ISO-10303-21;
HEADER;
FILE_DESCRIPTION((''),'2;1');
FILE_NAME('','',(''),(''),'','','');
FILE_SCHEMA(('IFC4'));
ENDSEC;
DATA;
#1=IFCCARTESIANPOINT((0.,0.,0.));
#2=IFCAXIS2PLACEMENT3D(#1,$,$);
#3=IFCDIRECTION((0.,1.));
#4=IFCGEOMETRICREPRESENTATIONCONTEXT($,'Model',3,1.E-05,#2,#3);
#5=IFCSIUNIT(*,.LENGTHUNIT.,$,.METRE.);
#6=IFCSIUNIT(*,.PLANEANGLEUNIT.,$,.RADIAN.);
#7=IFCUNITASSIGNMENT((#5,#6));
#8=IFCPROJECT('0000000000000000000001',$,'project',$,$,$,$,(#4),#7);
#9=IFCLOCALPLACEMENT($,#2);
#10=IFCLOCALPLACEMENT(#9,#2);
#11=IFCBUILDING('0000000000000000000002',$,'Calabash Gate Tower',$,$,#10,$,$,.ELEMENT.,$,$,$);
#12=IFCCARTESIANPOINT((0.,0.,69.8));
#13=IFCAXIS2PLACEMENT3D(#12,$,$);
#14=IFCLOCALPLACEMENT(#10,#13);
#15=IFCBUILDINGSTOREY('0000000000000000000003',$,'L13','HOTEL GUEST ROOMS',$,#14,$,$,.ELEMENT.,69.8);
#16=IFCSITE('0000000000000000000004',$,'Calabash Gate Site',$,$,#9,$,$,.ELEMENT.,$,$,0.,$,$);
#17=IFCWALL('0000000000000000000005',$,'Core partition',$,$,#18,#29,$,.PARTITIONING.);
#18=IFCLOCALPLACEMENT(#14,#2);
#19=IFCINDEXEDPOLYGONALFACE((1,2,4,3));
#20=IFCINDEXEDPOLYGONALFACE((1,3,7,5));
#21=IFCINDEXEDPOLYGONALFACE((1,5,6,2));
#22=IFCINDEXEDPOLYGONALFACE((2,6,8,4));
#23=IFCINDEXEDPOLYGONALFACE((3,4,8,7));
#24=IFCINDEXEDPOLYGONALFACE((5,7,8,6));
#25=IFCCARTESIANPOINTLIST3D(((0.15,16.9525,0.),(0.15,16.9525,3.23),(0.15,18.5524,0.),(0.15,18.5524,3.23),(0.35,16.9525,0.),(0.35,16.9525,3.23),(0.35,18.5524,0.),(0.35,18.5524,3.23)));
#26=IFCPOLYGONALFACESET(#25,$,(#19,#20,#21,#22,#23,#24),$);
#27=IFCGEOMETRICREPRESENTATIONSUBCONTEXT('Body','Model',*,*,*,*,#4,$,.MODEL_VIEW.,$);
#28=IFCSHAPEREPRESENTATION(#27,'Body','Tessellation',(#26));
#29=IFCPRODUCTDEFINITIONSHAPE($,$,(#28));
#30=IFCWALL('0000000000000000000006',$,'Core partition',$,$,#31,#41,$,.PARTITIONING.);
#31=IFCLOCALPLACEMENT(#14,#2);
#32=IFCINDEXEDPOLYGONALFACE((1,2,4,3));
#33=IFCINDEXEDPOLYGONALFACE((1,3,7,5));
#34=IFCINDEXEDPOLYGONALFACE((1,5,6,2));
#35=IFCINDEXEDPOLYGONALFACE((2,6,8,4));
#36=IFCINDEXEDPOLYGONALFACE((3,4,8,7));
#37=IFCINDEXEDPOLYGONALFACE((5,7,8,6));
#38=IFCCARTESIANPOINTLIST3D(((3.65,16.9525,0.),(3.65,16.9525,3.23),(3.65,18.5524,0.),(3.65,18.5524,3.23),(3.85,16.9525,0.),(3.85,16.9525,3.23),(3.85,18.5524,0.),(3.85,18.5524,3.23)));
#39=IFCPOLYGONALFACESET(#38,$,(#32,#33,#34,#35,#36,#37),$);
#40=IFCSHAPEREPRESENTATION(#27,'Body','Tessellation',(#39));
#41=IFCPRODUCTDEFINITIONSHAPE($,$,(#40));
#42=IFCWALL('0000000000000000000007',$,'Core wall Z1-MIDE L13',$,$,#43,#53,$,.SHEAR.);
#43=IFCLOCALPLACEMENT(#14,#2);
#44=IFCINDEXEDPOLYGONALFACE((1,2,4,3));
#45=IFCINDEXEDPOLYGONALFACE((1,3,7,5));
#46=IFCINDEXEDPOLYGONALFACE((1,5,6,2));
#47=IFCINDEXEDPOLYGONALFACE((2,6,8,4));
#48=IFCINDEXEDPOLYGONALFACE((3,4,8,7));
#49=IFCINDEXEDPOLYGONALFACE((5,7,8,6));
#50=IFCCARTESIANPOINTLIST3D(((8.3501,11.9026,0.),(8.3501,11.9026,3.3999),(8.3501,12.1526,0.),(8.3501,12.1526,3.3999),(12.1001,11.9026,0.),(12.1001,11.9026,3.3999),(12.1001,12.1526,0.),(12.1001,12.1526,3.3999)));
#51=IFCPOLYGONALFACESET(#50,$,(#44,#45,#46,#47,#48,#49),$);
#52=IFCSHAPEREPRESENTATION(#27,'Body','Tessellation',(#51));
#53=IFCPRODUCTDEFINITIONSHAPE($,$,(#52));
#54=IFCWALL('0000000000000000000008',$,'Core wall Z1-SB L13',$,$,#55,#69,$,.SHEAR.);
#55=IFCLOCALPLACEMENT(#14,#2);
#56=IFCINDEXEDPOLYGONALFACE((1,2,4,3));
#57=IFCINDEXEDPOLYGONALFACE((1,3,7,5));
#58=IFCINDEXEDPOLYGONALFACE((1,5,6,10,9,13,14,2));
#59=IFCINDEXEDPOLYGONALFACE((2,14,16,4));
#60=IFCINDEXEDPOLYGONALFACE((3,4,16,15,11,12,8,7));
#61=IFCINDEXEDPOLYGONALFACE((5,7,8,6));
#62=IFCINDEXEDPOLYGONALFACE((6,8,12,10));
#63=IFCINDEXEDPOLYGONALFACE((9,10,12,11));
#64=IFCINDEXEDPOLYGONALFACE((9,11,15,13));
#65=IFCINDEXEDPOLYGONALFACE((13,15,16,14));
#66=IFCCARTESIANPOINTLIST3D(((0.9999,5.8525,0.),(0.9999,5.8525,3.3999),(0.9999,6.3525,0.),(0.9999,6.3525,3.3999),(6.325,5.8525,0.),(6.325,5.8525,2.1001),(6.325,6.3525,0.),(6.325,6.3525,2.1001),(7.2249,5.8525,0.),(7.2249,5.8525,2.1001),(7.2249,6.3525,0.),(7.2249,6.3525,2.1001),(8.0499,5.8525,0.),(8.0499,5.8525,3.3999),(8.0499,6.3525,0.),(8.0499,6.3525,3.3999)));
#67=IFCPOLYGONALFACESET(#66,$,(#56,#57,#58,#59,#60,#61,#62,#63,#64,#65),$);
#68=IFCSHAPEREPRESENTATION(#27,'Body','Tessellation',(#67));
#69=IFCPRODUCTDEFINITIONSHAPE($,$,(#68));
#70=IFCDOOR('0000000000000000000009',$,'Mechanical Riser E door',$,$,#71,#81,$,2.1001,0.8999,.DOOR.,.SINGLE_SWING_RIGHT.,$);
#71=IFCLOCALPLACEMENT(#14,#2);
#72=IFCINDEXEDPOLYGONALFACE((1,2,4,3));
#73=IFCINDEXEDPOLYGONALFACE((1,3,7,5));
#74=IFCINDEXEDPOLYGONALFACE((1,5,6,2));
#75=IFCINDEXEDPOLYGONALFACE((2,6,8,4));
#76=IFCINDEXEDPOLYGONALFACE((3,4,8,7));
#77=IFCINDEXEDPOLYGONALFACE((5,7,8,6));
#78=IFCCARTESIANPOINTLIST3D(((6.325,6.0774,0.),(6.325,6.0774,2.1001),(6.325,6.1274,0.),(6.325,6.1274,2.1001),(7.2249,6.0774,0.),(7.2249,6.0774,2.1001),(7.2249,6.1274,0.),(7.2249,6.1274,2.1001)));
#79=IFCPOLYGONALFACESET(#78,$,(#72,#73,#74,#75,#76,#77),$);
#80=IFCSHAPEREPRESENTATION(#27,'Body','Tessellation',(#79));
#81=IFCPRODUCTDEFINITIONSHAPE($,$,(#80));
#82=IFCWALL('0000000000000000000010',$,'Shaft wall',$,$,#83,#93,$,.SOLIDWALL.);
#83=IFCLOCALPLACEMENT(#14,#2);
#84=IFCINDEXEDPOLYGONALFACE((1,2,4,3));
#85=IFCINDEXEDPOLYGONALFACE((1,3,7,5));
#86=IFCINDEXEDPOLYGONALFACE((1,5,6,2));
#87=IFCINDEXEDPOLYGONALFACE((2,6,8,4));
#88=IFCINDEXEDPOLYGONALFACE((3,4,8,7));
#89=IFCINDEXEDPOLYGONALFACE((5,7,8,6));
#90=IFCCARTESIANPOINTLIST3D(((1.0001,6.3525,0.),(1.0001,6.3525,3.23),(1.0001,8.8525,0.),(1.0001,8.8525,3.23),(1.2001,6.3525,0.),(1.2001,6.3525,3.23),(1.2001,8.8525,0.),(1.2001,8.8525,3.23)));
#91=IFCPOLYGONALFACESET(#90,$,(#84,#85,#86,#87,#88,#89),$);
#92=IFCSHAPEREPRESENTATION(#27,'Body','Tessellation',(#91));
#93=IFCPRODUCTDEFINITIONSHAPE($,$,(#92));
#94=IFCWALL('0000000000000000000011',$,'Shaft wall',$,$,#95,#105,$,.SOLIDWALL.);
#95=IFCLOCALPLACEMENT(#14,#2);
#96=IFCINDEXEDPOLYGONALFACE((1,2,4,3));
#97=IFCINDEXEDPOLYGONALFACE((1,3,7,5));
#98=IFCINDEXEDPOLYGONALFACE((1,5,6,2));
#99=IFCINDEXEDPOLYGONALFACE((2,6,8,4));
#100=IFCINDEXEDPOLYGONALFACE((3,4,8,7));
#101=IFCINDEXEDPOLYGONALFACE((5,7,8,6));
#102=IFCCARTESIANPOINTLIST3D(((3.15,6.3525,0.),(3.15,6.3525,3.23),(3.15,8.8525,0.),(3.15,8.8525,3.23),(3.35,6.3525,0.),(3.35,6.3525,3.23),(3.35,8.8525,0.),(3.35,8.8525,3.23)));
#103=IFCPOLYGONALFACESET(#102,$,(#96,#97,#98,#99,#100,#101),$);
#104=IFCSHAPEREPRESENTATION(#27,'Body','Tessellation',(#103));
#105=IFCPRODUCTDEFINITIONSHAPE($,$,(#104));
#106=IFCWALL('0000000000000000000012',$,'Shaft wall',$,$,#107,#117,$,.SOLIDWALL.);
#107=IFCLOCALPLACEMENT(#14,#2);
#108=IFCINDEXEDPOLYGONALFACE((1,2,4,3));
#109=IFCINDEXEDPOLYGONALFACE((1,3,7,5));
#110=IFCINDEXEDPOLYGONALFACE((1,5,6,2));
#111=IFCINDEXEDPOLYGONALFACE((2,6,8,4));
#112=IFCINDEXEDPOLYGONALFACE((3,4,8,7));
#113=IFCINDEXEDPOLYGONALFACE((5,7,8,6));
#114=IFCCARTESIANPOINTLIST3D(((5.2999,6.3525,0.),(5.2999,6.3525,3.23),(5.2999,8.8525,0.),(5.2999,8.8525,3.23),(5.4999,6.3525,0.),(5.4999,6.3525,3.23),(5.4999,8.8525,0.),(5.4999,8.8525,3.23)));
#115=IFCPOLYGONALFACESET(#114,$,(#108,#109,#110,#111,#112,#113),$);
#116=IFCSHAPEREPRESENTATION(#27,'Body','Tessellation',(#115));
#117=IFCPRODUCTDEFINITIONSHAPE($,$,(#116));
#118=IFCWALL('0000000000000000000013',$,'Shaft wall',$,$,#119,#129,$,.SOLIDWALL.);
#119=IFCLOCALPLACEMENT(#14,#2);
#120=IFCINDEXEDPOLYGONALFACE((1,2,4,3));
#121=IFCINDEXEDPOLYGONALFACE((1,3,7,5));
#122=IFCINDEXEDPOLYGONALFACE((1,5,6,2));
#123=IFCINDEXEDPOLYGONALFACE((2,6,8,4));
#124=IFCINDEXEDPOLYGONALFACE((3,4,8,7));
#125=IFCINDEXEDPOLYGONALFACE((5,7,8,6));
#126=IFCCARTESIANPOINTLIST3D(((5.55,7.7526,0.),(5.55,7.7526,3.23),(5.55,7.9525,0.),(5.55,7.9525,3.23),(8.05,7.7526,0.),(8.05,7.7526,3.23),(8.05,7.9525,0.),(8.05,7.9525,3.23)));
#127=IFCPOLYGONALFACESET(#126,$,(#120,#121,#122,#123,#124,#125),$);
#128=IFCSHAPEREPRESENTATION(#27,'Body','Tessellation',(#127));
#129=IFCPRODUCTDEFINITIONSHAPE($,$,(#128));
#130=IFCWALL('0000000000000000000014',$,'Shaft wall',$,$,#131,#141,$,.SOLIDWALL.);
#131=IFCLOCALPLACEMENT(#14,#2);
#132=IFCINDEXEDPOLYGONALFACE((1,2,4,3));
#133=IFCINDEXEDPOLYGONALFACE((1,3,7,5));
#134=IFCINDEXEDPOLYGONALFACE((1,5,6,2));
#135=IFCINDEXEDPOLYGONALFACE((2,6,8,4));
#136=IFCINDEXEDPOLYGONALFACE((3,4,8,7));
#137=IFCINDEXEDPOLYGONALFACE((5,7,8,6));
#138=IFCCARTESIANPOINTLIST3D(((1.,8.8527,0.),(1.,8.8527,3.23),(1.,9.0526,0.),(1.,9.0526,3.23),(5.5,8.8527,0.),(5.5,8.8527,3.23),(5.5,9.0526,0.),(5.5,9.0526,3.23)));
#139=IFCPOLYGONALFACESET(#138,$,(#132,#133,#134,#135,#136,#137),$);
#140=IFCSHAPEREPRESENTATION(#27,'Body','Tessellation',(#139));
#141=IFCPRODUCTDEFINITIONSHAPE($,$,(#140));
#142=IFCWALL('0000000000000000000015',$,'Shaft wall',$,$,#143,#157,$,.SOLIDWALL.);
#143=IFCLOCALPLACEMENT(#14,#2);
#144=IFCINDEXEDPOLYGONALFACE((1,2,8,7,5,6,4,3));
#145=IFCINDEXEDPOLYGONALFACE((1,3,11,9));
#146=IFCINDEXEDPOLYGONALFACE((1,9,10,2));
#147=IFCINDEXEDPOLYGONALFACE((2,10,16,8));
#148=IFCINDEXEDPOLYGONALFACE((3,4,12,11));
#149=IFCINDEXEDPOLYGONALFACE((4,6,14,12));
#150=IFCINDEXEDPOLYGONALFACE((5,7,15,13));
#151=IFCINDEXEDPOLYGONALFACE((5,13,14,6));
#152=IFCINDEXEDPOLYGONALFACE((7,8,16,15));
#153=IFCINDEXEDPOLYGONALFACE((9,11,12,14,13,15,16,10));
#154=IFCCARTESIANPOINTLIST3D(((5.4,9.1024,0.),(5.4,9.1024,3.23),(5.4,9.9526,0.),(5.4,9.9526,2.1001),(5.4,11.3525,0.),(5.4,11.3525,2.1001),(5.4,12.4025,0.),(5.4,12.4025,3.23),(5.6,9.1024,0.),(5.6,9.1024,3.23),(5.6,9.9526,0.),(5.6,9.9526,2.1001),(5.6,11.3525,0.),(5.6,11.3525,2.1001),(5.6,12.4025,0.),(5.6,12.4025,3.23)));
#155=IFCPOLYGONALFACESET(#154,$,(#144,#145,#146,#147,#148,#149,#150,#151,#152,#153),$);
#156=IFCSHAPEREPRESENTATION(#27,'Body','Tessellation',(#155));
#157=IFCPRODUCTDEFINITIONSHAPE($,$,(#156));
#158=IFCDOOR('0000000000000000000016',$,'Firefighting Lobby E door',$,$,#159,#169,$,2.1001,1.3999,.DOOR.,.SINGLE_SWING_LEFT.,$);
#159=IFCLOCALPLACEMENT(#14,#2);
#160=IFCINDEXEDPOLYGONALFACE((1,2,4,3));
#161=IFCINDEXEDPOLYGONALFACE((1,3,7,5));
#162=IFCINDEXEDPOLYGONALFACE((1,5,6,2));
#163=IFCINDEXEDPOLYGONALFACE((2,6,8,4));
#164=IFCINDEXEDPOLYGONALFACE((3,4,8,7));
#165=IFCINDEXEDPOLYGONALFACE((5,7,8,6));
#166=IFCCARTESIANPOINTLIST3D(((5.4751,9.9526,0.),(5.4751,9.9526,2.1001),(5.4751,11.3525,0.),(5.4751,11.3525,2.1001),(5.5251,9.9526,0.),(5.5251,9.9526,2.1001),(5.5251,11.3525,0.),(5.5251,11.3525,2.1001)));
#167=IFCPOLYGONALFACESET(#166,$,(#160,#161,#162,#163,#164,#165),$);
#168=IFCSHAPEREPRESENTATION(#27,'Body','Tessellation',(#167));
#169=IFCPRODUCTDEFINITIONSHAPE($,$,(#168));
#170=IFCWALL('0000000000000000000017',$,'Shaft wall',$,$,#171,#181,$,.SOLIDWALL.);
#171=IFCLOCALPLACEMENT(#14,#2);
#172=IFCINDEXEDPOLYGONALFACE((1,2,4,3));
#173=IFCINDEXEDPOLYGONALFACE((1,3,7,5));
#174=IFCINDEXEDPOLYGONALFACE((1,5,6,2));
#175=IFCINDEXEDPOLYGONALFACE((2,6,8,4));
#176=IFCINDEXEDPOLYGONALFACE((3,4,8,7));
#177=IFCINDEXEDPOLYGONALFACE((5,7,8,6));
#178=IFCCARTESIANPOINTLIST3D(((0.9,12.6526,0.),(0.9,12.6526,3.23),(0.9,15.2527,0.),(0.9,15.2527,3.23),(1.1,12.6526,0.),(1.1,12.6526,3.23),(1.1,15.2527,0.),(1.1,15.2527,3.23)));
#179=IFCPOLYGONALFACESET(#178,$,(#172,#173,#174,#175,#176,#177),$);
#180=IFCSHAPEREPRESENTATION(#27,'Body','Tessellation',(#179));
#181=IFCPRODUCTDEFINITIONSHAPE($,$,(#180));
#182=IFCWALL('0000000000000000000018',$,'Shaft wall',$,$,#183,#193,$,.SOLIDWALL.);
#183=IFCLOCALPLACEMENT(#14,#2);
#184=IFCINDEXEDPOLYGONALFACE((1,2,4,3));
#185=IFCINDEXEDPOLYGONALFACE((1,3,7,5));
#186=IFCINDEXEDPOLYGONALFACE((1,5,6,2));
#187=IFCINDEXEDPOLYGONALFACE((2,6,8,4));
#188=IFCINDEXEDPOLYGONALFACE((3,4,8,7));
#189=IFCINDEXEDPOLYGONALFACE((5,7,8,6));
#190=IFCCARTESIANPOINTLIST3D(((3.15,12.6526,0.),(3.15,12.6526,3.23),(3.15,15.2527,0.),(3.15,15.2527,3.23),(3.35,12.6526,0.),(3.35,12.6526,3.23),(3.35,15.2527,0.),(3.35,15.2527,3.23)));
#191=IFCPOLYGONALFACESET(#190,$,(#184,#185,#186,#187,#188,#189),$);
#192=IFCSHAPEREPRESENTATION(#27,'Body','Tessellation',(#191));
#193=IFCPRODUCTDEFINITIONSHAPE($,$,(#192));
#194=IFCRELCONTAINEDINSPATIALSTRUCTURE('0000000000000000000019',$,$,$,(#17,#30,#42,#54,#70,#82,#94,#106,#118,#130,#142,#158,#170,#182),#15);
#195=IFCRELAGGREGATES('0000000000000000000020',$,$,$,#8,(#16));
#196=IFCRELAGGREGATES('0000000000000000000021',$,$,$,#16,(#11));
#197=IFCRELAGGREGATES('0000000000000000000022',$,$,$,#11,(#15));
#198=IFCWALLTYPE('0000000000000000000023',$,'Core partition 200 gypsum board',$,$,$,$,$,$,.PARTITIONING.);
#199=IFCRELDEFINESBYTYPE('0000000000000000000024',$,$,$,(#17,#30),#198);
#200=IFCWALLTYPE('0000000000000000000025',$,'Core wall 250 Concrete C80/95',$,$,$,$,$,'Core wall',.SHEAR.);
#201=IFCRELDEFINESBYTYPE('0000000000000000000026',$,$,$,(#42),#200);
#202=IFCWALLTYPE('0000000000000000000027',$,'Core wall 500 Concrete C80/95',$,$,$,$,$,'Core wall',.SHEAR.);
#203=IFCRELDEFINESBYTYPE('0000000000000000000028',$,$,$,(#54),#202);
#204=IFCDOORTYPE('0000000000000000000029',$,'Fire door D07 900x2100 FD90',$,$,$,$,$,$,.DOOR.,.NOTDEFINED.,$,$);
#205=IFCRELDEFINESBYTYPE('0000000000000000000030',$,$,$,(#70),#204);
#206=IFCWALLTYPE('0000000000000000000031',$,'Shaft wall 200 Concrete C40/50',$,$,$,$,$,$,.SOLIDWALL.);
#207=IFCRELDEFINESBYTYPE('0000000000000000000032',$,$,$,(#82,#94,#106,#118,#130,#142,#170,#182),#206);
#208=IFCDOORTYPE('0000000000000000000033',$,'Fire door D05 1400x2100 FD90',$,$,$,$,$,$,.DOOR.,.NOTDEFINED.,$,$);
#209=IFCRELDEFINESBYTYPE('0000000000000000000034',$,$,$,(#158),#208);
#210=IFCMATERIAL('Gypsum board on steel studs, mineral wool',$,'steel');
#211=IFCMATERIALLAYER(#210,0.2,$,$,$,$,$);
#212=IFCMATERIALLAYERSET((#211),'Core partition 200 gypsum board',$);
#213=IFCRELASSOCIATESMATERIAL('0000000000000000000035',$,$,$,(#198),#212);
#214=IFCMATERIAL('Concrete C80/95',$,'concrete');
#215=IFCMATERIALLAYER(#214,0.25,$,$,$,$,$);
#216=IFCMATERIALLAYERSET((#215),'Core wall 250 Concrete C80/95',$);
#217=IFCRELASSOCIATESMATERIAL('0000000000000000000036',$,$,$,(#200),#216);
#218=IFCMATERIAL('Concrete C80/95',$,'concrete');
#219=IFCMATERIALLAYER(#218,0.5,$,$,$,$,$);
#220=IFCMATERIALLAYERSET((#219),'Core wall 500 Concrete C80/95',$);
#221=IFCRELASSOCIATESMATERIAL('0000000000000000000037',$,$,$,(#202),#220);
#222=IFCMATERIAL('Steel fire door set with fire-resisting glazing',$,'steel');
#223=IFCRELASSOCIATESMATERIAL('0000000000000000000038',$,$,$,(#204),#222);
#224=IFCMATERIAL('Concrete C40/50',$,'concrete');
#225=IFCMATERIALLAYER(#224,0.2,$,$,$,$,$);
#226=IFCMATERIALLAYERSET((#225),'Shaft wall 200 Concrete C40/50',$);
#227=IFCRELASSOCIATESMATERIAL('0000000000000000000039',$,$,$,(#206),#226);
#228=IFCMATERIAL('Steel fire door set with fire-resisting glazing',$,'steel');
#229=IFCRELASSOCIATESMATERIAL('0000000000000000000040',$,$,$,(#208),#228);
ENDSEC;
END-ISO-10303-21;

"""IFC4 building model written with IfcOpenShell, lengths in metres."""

from ifc_helpers import new_model, si_unit, direction, frame, frame_2d, origin, place, context, subcontext, project, spatial, rectangle, extrude, material, layer, layer_set, type_object, element, fill, save


model = new_model("IFC4")

# Units and contexts
model_context = context("Model", 3, precision=1e-05, world=origin(), true_north=direction((0.0, 1.0)))
body_context = subcontext(model_context, "Body", "Model", "MODEL_VIEW")
ifc_project = project(units=[si_unit("LENGTHUNIT", "METRE"), si_unit("PLANEANGLEUNIT", "RADIAN")], contexts=[model_context])

# Site, building, storey
site_placement = place(None, origin())
site = spatial("IfcSite", under=ifc_project, at=site_placement, Name="Calabash Gate Site", CompositionType="ELEMENT", RefElevation=0.0)
building_placement = place(site_placement, origin())
building = spatial("IfcBuilding", under=site, at=building_placement, Name="Calabash Gate Tower", CompositionType="ELEMENT")
storey_placement = place(building_placement, frame((0.0, 0.0, 69.8)))
storey = spatial("IfcBuildingStorey", under=building, at=storey_placement, Name="L13", Description="HOTEL GUEST ROOMS", CompositionType="ELEMENT", Elevation=69.8)

# Walls
ifc_material_1 = material(Name="Gypsum board on steel studs, mineral wool", Category="steel")
ifc_layer_1 = layer(ifc_material_1, 0.2)
ifc_layer_set_1 = layer_set([ifc_layer_1], Name="Core partition 200 gypsum board")
wall_type_1 = type_object("IfcWallType", Name="Core partition 200 gypsum board", PredefinedType="PARTITIONING", material=ifc_layer_set_1)
for number, where, z_axis, x_axis, name in (
    (1, (0.25, 16.9526, 0.0), (0.0, 0.0, 1.0), (0.0, 1.0, 0.0), "Core partition"),
    (2, (3.75, 16.9526, 0.0), (0.0, 0.0, 1.0), (0.0, 1.0, 0.0), "Core partition"),
):
    element("IfcWall", number, at=place(storey_placement, frame(where, z_axis=z_axis, x_axis=x_axis)), inside=storey, type_object=wall_type_1, Name=name, PredefinedType="PARTITIONING", context=body_context, shape_type="SweptSolid", body=[
        extrude(rectangle(XDim=1.5999, YDim=0.2, at=frame_2d((0.7998, 0.0))), origin(), (0.0, 0.0, 1.0), 3.23),
    ])
ifc_material_2 = material(Name="Concrete C80/95", Category="concrete")
ifc_layer_2 = layer(ifc_material_2, 0.25)
ifc_layer_set_2 = layer_set([ifc_layer_2], Name="Core wall 250 Concrete C80/95")
wall_type_2 = type_object("IfcWallType", Name="Core wall 250 Concrete C80/95", ElementType="Core wall", PredefinedType="SHEAR", material=ifc_layer_set_2)
wall_1_placement = place(storey_placement, frame((8.3501, 12.0276, 0.0), z_axis=(0.0, 0.0, 1.0), x_axis=(1.0, 0.0, 0.0)))
element("IfcWall", 3, at=wall_1_placement, inside=storey, type_object=wall_type_2, Name="Core wall Z1-MIDE L13", PredefinedType="SHEAR", context=body_context, shape_type="SweptSolid", body=[
    extrude(rectangle(XDim=3.75, YDim=0.25, at=frame_2d((1.875, 0.0))), origin(), (0.0, 0.0, 1.0), 3.3999),
])

# Wall, opening, door
ifc_material_3 = material(Name="Concrete C80/95", Category="concrete")
ifc_layer_3 = layer(ifc_material_3, 0.5)
ifc_layer_set_3 = layer_set([ifc_layer_3], Name="Core wall 500 Concrete C80/95")
wall_type_3 = type_object("IfcWallType", Name="Core wall 500 Concrete C80/95", ElementType="Core wall", PredefinedType="SHEAR", material=ifc_layer_set_3)
wall_2_placement = place(storey_placement, frame((1.0, 6.1025, 0.0), z_axis=(0.0, 0.0, 1.0), x_axis=(1.0, 0.0, 0.0)))
wall_2 = element("IfcWall", 4, at=wall_2_placement, inside=storey, type_object=wall_type_3, Name="Core wall Z1-SB L13", PredefinedType="SHEAR", context=body_context, shape_type="SweptSolid", body=[
    extrude(rectangle(XDim=7.05, YDim=0.5, at=frame_2d((3.5249, 0.0))), origin(), (0.0, 0.0, 1.0), 3.3999),
])
opening_1_placement = place(wall_2_placement, frame((5.325, 0.0, 0.0)))
opening_1 = element("IfcOpeningElement", 5, at=opening_1_placement, cuts=wall_2, PredefinedType="OPENING", context=body_context, shape_type="SweptSolid", body=[
    extrude(rectangle(XDim=0.8999, YDim=2.1001, at=frame_2d((0.45, 1.05))), frame((0.0, 0.26, 0.0), z_axis=(0.0, -1.0, 0.0), x_axis=(1.0, 0.0, 0.0)), (0.0, 0.0, 1.0), 0.52),
])
ifc_material_4 = material(Name="Steel fire door set with fire-resisting glazing", Category="steel")
door_type_1 = type_object("IfcDoorType", Name="Fire door D07 900x2100 FD90", OperationType="NOTDEFINED", PredefinedType="DOOR", material=ifc_material_4)
door_1_placement = place(opening_1_placement, origin())
door_1 = element("IfcDoor", 6, at=door_1_placement, inside=storey, type_object=door_type_1, Name="Mechanical Riser E door", OperationType="SINGLE_SWING_RIGHT", OverallHeight=2.1001, OverallWidth=0.8999, PredefinedType="DOOR", context=body_context, shape_type="SweptSolid", body=[
    extrude(rectangle(XDim=0.8999, YDim=2.1001, at=frame_2d((0.45, 1.05))), frame((0.0, 0.0249, 0.0), z_axis=(0.0, -1.0, 0.0), x_axis=(1.0, 0.0, 0.0)), (0.0, 0.0, 1.0), 0.05),
])
fill(opening_1, door_1)

# Walls
ifc_material_5 = material(Name="Concrete C40/50", Category="concrete")
ifc_layer_4 = layer(ifc_material_5, 0.2)
ifc_layer_set_4 = layer_set([ifc_layer_4], Name="Shaft wall 200 Concrete C40/50")
wall_type_4 = type_object("IfcWallType", Name="Shaft wall 200 Concrete C40/50", PredefinedType="SOLIDWALL", material=ifc_layer_set_4)
for number, where, z_axis, x_axis, name in (
    (7, (1.1001, 6.3525, 0.0), (0.0, 0.0, 1.0), (0.0, 1.0, 0.0), "Shaft wall"),
    (8, (3.25, 6.3525, 0.0), (0.0, 0.0, 1.0), (0.0, 1.0, 0.0), "Shaft wall"),
    (9, (5.3999, 6.3525, 0.0), (0.0, 0.0, 1.0), (0.0, 1.0, 0.0), "Shaft wall"),
    (10, (5.55, 7.8525, 0.0), (0.0, 0.0, 1.0), (1.0, 0.0, 0.0), "Shaft wall"),
):
    element("IfcWall", number, at=place(storey_placement, frame(where, z_axis=z_axis, x_axis=x_axis)), inside=storey, type_object=wall_type_4, Name=name, PredefinedType="SOLIDWALL", context=body_context, shape_type="SweptSolid", body=[
        extrude(rectangle(XDim=2.5, YDim=0.2, at=frame_2d((1.25, 0.0))), origin(), (0.0, 0.0, 1.0), 3.23),
    ])
wall_3_placement = place(storey_placement, frame((1.0, 8.9526, 0.0), z_axis=(0.0, 0.0, 1.0), x_axis=(1.0, 0.0, 0.0)))
element("IfcWall", 11, at=wall_3_placement, inside=storey, type_object=wall_type_4, Name="Shaft wall", PredefinedType="SOLIDWALL", context=body_context, shape_type="SweptSolid", body=[
    extrude(rectangle(XDim=4.5, YDim=0.2, at=frame_2d((2.25, 0.0))), origin(), (0.0, 0.0, 1.0), 3.23),
])

# Wall, opening, door
wall_4_placement = place(storey_placement, frame((5.5, 9.1025, 0.0), z_axis=(0.0, 0.0, 1.0), x_axis=(0.0, 1.0, 0.0)))
wall_4 = element("IfcWall", 12, at=wall_4_placement, inside=storey, type_object=wall_type_4, Name="Shaft wall", PredefinedType="SOLIDWALL", context=body_context, shape_type="SweptSolid", body=[
    extrude(rectangle(XDim=3.3, YDim=0.2, at=frame_2d((1.6499, 0.0))), origin(), (0.0, 0.0, 1.0), 3.23),
])
opening_2_placement = place(wall_4_placement, frame((0.8501, 0.0, 0.0)))
opening_2 = element("IfcOpeningElement", 13, at=opening_2_placement, cuts=wall_4, PredefinedType="OPENING", context=body_context, shape_type="SweptSolid", body=[
    extrude(rectangle(XDim=1.3999, YDim=2.1001, at=frame_2d((0.7, 1.05))), frame((0.0, 0.1099, 0.0), z_axis=(0.0, -1.0, 0.0), x_axis=(1.0, 0.0, 0.0)), (0.0, 0.0, 1.0), 0.22),
])
ifc_material_6 = material(Name="Steel fire door set with fire-resisting glazing", Category="steel")
door_type_2 = type_object("IfcDoorType", Name="Fire door D05 1400x2100 FD90", OperationType="NOTDEFINED", PredefinedType="DOOR", material=ifc_material_6)
door_2_placement = place(opening_2_placement, origin())
door_2 = element("IfcDoor", 14, at=door_2_placement, inside=storey, type_object=door_type_2, Name="Firefighting Lobby E door", OperationType="SINGLE_SWING_LEFT", OverallHeight=2.1001, OverallWidth=1.3999, PredefinedType="DOOR", context=body_context, shape_type="SweptSolid", body=[
    extrude(rectangle(XDim=1.3999, YDim=2.1001, at=frame_2d((0.7, 1.05))), frame((0.0, 0.0249, 0.0), z_axis=(0.0, -1.0, 0.0), x_axis=(1.0, 0.0, 0.0)), (0.0, 0.0, 1.0), 0.05),
])
fill(opening_2, door_2)

# Walls
for number, where, z_axis, x_axis, name in (
    (15, (1.0, 12.6526, 0.0), (0.0, 0.0, 1.0), (0.0, 1.0, 0.0), "Shaft wall"),
    (16, (3.25, 12.6526, 0.0), (0.0, 0.0, 1.0), (0.0, 1.0, 0.0), "Shaft wall"),
):
    element("IfcWall", number, at=place(storey_placement, frame(where, z_axis=z_axis, x_axis=x_axis)), inside=storey, type_object=wall_type_4, Name=name, PredefinedType="SOLIDWALL", context=body_context, shape_type="SweptSolid", body=[
        extrude(rectangle(XDim=2.6001, YDim=0.2, at=frame_2d((1.3, 0.0))), origin(), (0.0, 0.0, 1.0), 3.23),
    ])

save(model, "model.ifc")
